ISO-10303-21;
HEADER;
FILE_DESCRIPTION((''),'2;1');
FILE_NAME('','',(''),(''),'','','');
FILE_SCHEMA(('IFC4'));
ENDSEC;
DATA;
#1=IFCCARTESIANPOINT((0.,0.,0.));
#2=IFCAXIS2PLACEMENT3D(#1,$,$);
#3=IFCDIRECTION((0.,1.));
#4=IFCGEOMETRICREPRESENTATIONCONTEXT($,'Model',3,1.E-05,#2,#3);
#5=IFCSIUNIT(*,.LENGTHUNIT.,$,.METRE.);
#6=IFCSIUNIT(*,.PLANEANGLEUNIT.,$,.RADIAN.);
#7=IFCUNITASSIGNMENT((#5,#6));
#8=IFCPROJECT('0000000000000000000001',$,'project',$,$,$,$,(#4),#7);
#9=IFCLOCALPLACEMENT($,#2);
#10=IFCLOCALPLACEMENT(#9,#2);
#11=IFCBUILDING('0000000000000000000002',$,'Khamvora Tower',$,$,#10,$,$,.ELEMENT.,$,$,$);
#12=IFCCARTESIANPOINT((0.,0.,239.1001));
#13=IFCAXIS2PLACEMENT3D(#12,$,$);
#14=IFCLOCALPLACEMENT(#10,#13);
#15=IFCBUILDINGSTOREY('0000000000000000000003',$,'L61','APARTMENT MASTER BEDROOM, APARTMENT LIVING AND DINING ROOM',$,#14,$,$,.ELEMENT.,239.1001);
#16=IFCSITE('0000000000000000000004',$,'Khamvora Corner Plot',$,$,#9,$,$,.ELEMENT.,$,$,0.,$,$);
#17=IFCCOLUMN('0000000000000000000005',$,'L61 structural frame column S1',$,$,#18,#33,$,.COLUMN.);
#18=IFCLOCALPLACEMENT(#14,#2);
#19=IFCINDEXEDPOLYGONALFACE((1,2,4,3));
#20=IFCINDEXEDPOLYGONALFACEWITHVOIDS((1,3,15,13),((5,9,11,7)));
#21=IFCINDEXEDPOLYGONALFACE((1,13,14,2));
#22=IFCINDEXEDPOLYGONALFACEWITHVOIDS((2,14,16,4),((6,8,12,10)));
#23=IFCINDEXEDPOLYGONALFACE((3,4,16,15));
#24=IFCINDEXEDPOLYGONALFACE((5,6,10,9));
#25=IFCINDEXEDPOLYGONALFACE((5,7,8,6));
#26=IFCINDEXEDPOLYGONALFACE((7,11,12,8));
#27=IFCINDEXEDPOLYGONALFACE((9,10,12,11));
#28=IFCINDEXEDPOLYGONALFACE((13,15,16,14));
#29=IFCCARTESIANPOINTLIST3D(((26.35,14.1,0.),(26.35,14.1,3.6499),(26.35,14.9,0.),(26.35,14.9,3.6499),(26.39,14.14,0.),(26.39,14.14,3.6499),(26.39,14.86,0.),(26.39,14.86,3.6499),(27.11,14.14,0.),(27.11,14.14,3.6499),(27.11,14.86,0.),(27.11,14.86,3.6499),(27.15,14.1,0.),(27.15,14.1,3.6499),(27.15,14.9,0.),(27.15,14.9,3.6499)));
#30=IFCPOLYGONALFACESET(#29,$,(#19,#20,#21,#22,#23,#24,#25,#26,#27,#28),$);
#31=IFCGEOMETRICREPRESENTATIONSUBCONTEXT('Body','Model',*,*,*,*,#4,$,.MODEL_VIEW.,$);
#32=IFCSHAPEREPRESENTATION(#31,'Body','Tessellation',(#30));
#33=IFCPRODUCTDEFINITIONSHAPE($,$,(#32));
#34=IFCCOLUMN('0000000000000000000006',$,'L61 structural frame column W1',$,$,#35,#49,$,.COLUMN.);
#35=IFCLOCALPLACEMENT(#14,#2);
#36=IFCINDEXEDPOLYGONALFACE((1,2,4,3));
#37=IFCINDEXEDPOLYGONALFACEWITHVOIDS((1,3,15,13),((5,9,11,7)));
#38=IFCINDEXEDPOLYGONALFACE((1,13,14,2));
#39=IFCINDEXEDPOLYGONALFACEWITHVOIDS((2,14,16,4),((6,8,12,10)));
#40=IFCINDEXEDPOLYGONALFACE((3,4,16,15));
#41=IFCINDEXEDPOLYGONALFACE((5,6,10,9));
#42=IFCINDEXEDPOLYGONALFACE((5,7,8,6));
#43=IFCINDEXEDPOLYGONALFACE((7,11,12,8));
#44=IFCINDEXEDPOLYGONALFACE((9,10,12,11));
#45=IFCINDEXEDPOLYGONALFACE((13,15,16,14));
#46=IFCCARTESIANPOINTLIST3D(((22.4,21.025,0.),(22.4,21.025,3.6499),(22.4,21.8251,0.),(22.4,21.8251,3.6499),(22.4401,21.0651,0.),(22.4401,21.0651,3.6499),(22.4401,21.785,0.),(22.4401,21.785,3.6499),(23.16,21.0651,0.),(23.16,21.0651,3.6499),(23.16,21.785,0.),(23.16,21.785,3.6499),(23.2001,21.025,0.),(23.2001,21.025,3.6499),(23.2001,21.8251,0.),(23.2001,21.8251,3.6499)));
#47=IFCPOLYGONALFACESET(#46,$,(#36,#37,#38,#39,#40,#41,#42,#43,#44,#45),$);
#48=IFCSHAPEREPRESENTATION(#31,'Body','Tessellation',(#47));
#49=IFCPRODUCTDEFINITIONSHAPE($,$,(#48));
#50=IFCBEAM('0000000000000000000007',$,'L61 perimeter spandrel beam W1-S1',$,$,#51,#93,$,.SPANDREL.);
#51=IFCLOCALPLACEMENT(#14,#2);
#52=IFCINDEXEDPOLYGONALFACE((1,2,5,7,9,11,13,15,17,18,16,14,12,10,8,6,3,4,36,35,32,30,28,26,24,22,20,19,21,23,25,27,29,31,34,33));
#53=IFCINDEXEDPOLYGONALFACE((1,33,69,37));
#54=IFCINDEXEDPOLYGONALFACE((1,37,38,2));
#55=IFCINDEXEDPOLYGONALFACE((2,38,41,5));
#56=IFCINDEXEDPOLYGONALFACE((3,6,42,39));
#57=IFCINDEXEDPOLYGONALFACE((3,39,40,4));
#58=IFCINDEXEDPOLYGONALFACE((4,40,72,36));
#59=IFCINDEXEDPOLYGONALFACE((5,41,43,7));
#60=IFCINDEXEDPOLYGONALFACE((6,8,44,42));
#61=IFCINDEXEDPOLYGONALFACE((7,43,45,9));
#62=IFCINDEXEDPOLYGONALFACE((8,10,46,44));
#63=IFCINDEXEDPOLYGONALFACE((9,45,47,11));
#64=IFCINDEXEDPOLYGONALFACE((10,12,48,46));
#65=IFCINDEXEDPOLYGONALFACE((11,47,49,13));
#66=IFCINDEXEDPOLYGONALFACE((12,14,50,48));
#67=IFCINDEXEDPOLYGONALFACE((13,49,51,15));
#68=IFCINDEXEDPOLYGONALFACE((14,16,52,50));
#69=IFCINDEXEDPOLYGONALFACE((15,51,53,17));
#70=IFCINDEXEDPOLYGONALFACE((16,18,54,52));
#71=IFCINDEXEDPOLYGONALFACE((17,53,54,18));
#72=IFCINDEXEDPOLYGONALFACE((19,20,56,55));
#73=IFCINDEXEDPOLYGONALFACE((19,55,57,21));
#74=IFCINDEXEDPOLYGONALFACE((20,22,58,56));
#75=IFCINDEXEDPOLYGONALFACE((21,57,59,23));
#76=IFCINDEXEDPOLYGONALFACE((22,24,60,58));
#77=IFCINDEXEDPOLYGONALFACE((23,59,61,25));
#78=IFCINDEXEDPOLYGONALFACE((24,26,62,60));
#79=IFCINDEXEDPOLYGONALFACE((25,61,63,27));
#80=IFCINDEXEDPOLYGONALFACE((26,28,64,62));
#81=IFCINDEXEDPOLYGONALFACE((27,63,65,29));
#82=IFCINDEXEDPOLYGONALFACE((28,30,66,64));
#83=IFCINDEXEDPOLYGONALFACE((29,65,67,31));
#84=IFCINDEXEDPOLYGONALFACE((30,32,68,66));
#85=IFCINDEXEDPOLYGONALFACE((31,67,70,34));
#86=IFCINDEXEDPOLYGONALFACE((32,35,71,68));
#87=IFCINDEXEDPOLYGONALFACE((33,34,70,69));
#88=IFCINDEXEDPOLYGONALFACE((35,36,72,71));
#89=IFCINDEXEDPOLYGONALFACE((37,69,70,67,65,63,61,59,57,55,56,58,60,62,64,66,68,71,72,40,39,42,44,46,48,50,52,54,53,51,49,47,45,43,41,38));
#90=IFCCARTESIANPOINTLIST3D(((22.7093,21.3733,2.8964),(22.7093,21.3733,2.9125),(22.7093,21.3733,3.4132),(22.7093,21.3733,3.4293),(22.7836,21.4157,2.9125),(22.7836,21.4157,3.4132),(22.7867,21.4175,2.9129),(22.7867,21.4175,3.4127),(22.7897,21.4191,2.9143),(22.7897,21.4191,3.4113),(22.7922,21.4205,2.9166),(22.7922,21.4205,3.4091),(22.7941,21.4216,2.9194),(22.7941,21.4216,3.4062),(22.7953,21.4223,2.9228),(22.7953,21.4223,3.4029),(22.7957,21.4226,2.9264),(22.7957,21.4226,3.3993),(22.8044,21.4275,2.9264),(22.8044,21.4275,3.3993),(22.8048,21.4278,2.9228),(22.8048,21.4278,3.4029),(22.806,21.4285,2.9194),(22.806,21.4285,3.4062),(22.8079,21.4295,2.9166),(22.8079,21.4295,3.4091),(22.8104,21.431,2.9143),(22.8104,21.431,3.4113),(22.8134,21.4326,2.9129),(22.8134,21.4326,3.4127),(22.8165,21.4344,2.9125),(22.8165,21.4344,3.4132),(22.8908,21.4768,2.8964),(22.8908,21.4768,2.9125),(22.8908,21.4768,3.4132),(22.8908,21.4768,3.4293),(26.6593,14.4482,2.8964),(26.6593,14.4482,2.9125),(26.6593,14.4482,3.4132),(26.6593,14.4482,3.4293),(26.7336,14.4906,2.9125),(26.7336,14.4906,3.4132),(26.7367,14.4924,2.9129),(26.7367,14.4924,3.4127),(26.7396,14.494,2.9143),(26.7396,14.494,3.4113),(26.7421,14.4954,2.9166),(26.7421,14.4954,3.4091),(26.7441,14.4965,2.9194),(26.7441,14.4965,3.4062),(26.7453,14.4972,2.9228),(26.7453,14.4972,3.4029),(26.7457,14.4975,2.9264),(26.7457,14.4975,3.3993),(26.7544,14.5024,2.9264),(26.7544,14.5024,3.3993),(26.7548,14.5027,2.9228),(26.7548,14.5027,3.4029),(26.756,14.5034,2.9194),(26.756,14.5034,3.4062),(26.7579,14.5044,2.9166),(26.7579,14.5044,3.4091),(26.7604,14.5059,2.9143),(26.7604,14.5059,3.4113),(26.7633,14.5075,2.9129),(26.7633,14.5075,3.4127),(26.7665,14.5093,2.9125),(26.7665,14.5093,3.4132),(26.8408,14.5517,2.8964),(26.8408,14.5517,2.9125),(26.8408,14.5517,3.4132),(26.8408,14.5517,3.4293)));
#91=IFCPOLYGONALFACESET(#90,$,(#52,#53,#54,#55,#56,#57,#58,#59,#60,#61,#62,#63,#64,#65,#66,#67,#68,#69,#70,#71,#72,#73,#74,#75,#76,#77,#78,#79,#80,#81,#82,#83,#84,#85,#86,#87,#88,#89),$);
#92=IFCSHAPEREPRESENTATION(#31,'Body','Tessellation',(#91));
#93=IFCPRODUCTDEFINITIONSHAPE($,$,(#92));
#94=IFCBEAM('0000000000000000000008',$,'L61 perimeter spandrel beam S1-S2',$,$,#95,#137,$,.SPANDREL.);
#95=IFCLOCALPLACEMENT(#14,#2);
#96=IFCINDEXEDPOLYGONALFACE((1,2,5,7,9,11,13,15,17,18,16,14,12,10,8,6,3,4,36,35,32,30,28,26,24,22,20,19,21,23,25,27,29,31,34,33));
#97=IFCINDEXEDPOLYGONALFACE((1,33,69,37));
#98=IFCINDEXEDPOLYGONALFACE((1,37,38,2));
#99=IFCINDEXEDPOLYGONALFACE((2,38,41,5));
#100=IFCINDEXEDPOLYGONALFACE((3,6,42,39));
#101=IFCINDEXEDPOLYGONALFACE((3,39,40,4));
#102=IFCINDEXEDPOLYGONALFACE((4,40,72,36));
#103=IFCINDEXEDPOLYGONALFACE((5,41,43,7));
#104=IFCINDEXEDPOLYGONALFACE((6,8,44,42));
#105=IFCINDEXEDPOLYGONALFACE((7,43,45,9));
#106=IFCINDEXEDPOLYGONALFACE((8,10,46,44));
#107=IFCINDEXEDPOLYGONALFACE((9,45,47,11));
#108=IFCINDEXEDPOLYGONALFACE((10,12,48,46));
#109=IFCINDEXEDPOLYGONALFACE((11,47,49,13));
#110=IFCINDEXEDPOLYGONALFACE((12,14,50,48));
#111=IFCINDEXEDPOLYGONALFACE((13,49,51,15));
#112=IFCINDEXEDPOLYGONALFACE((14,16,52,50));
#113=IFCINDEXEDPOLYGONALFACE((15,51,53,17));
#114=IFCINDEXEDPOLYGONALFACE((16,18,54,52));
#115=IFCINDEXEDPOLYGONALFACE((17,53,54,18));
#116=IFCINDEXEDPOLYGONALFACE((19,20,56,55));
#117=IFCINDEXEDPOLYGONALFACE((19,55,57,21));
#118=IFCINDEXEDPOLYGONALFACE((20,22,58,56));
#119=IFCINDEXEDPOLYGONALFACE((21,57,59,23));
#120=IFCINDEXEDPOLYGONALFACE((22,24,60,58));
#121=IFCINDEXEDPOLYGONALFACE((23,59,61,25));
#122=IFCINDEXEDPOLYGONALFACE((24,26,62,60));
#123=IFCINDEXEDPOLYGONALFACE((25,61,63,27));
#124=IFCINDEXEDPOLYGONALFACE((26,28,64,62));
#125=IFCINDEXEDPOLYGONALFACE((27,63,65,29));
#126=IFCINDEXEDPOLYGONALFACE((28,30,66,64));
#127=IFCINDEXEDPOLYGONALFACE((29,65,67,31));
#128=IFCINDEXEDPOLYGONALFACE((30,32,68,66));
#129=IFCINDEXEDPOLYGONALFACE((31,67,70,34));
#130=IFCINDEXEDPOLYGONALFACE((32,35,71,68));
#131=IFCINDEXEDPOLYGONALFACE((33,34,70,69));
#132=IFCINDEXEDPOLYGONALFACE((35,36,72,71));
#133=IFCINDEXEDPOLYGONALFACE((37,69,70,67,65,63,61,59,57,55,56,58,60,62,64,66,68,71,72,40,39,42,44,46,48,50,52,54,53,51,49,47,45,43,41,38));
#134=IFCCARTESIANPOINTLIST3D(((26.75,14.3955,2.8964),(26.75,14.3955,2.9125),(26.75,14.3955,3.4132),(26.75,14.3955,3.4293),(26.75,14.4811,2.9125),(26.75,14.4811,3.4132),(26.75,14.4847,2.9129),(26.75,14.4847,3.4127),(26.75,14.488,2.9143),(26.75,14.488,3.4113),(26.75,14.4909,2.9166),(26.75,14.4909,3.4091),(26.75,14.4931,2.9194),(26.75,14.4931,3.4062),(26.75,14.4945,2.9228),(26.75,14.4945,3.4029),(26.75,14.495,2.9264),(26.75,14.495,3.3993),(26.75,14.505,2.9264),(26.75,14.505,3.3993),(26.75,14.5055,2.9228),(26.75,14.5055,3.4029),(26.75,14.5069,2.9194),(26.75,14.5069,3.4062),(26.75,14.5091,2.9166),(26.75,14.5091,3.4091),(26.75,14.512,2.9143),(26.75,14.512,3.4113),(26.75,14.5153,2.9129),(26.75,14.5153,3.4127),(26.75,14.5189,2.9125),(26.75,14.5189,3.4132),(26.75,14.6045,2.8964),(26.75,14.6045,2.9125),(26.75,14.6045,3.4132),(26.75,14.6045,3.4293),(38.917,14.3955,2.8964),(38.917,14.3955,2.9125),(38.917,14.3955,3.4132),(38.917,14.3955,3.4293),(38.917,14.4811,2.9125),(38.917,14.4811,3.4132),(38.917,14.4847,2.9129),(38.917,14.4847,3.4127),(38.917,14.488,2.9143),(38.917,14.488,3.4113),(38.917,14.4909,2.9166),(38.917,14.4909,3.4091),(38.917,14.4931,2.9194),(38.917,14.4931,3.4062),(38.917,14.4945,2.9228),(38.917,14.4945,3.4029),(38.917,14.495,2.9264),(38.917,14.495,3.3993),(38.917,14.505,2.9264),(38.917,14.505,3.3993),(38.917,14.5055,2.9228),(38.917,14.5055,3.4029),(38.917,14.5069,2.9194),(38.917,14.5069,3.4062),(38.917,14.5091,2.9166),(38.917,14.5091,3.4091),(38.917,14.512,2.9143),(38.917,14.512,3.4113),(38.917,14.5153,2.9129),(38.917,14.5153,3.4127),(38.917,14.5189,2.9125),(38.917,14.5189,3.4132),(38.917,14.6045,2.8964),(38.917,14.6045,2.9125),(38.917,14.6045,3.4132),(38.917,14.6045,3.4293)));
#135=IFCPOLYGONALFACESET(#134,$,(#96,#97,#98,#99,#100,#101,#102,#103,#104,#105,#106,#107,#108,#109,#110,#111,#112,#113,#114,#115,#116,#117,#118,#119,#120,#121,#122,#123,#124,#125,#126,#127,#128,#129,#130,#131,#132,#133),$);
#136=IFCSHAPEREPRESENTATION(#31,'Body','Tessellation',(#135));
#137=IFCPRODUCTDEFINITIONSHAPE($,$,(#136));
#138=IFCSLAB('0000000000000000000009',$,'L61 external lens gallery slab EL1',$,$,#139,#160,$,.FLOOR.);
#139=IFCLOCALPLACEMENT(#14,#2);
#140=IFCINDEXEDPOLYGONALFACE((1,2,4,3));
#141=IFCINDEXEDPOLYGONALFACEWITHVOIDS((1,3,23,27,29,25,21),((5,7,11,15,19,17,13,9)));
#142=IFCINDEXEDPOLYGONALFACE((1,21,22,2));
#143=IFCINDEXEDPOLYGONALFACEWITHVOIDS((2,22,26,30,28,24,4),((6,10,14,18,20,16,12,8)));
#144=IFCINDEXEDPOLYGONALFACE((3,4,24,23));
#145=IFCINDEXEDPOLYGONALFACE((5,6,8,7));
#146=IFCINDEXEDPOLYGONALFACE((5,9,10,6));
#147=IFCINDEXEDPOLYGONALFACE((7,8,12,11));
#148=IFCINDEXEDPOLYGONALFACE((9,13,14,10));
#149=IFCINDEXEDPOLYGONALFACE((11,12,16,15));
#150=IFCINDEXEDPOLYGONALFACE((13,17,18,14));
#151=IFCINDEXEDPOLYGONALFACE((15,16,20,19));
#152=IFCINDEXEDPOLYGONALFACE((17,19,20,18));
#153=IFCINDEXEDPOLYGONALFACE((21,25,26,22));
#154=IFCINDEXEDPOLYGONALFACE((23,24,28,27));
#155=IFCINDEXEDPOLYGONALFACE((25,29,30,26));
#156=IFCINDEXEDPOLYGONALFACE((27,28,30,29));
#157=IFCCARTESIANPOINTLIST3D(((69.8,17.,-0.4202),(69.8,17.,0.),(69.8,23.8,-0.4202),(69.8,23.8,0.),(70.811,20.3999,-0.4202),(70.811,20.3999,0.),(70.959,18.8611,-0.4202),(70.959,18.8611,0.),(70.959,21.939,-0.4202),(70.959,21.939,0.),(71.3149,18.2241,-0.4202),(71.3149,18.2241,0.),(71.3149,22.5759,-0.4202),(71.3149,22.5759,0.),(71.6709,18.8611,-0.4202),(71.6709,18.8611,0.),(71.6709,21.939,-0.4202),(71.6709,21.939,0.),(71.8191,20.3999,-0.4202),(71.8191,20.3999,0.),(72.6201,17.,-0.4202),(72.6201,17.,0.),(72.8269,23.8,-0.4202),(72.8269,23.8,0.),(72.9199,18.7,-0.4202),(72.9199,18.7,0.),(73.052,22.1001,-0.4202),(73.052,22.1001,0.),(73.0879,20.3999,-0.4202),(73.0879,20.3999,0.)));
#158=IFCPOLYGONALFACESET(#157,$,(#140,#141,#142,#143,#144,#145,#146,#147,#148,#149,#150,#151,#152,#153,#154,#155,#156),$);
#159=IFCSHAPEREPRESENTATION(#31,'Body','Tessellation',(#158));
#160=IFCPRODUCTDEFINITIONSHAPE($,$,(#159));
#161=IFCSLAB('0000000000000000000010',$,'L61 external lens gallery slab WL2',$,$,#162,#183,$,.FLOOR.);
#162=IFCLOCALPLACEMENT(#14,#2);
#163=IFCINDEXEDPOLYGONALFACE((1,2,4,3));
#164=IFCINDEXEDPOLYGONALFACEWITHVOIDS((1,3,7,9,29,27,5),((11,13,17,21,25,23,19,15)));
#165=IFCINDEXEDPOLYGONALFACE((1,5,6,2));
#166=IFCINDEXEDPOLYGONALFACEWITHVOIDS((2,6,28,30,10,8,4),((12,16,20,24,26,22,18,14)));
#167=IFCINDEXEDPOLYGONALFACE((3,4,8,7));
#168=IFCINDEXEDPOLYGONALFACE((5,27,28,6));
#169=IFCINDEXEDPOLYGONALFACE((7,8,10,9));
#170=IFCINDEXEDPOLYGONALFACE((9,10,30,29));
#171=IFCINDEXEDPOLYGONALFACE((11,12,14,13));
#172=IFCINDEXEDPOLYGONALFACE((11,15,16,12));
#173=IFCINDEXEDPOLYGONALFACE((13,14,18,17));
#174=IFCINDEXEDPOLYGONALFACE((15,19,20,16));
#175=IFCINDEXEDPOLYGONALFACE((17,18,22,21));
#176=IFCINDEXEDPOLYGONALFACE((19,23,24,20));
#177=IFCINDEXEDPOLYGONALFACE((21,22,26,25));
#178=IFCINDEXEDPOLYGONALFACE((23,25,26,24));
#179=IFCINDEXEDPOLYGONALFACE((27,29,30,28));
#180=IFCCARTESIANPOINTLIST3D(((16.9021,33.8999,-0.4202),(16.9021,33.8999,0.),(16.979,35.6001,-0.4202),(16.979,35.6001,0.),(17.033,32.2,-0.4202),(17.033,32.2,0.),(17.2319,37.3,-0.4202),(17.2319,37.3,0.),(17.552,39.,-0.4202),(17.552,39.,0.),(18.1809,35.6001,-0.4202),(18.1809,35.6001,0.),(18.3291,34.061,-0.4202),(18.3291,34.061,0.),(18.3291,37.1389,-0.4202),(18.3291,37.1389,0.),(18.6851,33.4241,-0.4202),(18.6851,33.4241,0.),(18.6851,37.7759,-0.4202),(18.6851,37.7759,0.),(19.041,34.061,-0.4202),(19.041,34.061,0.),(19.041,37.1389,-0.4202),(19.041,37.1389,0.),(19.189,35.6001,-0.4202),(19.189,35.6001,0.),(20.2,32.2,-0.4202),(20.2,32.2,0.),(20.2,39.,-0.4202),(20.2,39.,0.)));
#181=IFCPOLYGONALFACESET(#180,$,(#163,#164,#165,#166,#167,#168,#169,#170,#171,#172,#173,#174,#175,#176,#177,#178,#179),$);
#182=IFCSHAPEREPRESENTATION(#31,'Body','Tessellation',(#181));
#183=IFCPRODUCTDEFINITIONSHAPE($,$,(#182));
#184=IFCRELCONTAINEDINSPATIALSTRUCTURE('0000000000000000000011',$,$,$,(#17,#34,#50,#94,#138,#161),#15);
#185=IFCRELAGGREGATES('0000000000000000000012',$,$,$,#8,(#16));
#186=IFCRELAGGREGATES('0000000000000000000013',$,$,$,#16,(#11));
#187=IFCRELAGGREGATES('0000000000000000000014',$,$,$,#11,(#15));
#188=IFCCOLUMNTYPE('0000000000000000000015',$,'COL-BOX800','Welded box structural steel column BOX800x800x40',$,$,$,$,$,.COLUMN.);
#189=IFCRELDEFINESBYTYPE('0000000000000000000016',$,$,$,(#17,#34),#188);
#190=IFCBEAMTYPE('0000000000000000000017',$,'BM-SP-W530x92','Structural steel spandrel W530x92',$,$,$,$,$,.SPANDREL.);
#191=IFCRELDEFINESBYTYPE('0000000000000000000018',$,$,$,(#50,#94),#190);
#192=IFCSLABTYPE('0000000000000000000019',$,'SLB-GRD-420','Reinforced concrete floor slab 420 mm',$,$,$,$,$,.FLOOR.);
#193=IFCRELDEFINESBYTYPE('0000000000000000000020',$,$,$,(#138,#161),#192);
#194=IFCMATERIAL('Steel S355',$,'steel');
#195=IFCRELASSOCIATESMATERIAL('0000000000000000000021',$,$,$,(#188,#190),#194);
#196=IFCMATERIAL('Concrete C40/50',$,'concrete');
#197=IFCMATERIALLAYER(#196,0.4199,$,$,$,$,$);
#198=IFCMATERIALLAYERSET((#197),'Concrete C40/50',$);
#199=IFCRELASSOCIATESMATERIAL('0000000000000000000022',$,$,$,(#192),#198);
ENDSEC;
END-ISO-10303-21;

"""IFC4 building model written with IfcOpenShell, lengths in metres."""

from ifc_helpers import new_model, si_unit, direction, frame, origin, origin_2d, place, context, subcontext, project, spatial, polyline, hollow_rectangle, i_section, outline, extrude, material, layer, layer_set, material_profile, profile_set, type_object, element, save


model = new_model("IFC4")

# Units and contexts
model_context = context("Model", 3, precision=1e-05, world=origin(), true_north=direction((0.0, 1.0)))
body_context = subcontext(model_context, "Body", "Model", "MODEL_VIEW")
ifc_project = project(units=[si_unit("LENGTHUNIT", "METRE"), si_unit("PLANEANGLEUNIT", "RADIAN")], contexts=[model_context])

# Site, building, storey
site_placement = place(None, origin())
site = spatial("IfcSite", under=ifc_project, at=site_placement, Name="Khamvora Corner Plot", CompositionType="ELEMENT", RefElevation=0.0)
building_placement = place(site_placement, origin())
building = spatial("IfcBuilding", under=site, at=building_placement, Name="Khamvora Tower", CompositionType="ELEMENT")
storey_placement = place(building_placement, frame((0.0, 0.0, 239.1001)))
storey = spatial("IfcBuildingStorey", under=building, at=storey_placement, Name="L61", Description="APARTMENT MASTER BEDROOM, APARTMENT LIVING AND DINING ROOM", CompositionType="ELEMENT", Elevation=239.1001)

# Columns
ifc_material_1 = material(Name="Steel S355", Category="steel")
ifc_material_profile_1 = material_profile(ifc_material_1, hollow_rectangle(XDim=0.8, YDim=0.8, WallThickness=0.04, at=origin_2d()), Name="BOX800x800x40")
ifc_profile_set_1 = profile_set([ifc_material_profile_1], Name="Steel S355")
column_type = type_object("IfcColumnType", Name="COL-BOX800", Description="Welded box structural steel column BOX800x800x40", PredefinedType="COLUMN", material=ifc_profile_set_1)
for number, where, z_axis, x_axis, name in (
    (1, (26.75, 14.5, 0.0), (0.0, 0.0, 1.0), (1.0, 0.0, 0.0), "L61 structural frame column S1"),
    (2, (22.8, 21.425, 0.0), (0.0, 0.0, 1.0), (1.0, 0.0, 0.0), "L61 structural frame column W1"),
):
    element("IfcColumn", number, at=place(storey_placement, frame(where, z_axis=z_axis, x_axis=x_axis)), inside=storey, type_object=column_type, Name=name, PredefinedType="COLUMN", context=body_context, shape_type="SweptSolid", body=[
        extrude(hollow_rectangle(XDim=0.8, YDim=0.8, WallThickness=0.04, at=origin_2d()), origin(), (0.0, 0.0, 1.0), 3.6499),
    ])

# Beams
ifc_material_profile_2 = material_profile(ifc_material_1, i_section(OverallWidth=0.209, OverallDepth=0.533, WebThickness=0.01, FlangeThickness=0.0161, FilletRadius=0.0139, at=origin_2d()), Name="W530x92")
ifc_profile_set_2 = profile_set([ifc_material_profile_2], Name="Steel S355")
beam_type = type_object("IfcBeamType", Name="BM-SP-W530x92", Description="Structural steel spandrel W530x92", PredefinedType="SPANDREL", material=ifc_profile_set_2)
beam_1_placement = place(storey_placement, frame((22.8, 21.425, 3.1628), z_axis=(0.495456, -0.868633, 0.0), x_axis=(0.868633, 0.495456, 0.0)))
element("IfcBeam", 3, at=beam_1_placement, inside=storey, type_object=beam_type, Name="L61 perimeter spandrel beam W1-S1", PredefinedType="SPANDREL", context=body_context, shape_type="SweptSolid", body=[
    extrude(i_section(OverallWidth=0.209, OverallDepth=0.533, WebThickness=0.01, FlangeThickness=0.0161, FilletRadius=0.0139, at=origin_2d()), origin(), (0.0, 0.0, 1.0), 7.9724),
])
beam_2_placement = place(storey_placement, frame((26.75, 14.5, 3.1628), z_axis=(1.0, 0.0, 0.0), x_axis=(0.0, 1.0, 0.0)))
element("IfcBeam", 4, at=beam_2_placement, inside=storey, type_object=beam_type, Name="L61 perimeter spandrel beam S1-S2", PredefinedType="SPANDREL", context=body_context, shape_type="SweptSolid", body=[
    extrude(i_section(OverallWidth=0.209, OverallDepth=0.533, WebThickness=0.01, FlangeThickness=0.0161, FilletRadius=0.0139, at=origin_2d()), origin(), (0.0, 0.0, 1.0), 12.167),
])

# Slabs
ifc_material_2 = material(Name="Concrete C40/50", Category="concrete")
ifc_layer_1 = layer(ifc_material_2, 0.4199)
ifc_layer_set_1 = layer_set([ifc_layer_1], Name="Concrete C40/50")
slab_type_1 = type_object("IfcSlabType", Name="SLB-GRD-420", Description="Reinforced concrete floor slab 420 mm", PredefinedType="FLOOR", material=ifc_layer_set_1)
slab_1_placement = place(storey_placement, frame((0.0, 0.0, -0.4202)))
element("IfcSlab", 5, at=slab_1_placement, inside=storey, type_object=slab_type_1, Name="L61 external lens gallery slab EL1", PredefinedType="FLOOR", context=body_context, shape_type="SweptSolid", body=[
    extrude(outline(polyline([(72.6201, 17.0), (72.9199, 18.7), (73.0879, 20.3999), (73.052, 22.1001), (72.8269, 23.8), (69.8, 23.8), (69.8, 17.0), (72.6201, 17.0)]), holes=[polyline([(71.8191, 20.3999), (71.6709, 21.939), (71.3149, 22.5759), (70.959, 21.939), (70.811, 20.3999), (70.959, 18.8611), (71.3149, 18.2241), (71.6709, 18.8611), (71.8191, 20.3999)])]), origin(), (0.0, 0.0, 1.0), 0.4202),
])
slab_2_placement = place(storey_placement, frame((0.0, 0.0, -0.4202)))
element("IfcSlab", 6, at=slab_2_placement, inside=storey, type_object=slab_type_1, Name="L61 external lens gallery slab WL2", PredefinedType="FLOOR", context=body_context, shape_type="SweptSolid", body=[
    extrude(outline(polyline([(20.2, 32.2), (20.2, 39.0), (17.552, 39.0), (17.2319, 37.3), (16.979, 35.6001), (16.9021, 33.8999), (17.033, 32.2), (20.2, 32.2)]), holes=[polyline([(19.189, 35.6001), (19.041, 37.1389), (18.6851, 37.7759), (18.3291, 37.1389), (18.1809, 35.6001), (18.3291, 34.061), (18.6851, 33.4241), (19.041, 34.061), (19.189, 35.6001)])]), origin(), (0.0, 0.0, 1.0), 0.4202),
])

save(model, "model.ifc")
